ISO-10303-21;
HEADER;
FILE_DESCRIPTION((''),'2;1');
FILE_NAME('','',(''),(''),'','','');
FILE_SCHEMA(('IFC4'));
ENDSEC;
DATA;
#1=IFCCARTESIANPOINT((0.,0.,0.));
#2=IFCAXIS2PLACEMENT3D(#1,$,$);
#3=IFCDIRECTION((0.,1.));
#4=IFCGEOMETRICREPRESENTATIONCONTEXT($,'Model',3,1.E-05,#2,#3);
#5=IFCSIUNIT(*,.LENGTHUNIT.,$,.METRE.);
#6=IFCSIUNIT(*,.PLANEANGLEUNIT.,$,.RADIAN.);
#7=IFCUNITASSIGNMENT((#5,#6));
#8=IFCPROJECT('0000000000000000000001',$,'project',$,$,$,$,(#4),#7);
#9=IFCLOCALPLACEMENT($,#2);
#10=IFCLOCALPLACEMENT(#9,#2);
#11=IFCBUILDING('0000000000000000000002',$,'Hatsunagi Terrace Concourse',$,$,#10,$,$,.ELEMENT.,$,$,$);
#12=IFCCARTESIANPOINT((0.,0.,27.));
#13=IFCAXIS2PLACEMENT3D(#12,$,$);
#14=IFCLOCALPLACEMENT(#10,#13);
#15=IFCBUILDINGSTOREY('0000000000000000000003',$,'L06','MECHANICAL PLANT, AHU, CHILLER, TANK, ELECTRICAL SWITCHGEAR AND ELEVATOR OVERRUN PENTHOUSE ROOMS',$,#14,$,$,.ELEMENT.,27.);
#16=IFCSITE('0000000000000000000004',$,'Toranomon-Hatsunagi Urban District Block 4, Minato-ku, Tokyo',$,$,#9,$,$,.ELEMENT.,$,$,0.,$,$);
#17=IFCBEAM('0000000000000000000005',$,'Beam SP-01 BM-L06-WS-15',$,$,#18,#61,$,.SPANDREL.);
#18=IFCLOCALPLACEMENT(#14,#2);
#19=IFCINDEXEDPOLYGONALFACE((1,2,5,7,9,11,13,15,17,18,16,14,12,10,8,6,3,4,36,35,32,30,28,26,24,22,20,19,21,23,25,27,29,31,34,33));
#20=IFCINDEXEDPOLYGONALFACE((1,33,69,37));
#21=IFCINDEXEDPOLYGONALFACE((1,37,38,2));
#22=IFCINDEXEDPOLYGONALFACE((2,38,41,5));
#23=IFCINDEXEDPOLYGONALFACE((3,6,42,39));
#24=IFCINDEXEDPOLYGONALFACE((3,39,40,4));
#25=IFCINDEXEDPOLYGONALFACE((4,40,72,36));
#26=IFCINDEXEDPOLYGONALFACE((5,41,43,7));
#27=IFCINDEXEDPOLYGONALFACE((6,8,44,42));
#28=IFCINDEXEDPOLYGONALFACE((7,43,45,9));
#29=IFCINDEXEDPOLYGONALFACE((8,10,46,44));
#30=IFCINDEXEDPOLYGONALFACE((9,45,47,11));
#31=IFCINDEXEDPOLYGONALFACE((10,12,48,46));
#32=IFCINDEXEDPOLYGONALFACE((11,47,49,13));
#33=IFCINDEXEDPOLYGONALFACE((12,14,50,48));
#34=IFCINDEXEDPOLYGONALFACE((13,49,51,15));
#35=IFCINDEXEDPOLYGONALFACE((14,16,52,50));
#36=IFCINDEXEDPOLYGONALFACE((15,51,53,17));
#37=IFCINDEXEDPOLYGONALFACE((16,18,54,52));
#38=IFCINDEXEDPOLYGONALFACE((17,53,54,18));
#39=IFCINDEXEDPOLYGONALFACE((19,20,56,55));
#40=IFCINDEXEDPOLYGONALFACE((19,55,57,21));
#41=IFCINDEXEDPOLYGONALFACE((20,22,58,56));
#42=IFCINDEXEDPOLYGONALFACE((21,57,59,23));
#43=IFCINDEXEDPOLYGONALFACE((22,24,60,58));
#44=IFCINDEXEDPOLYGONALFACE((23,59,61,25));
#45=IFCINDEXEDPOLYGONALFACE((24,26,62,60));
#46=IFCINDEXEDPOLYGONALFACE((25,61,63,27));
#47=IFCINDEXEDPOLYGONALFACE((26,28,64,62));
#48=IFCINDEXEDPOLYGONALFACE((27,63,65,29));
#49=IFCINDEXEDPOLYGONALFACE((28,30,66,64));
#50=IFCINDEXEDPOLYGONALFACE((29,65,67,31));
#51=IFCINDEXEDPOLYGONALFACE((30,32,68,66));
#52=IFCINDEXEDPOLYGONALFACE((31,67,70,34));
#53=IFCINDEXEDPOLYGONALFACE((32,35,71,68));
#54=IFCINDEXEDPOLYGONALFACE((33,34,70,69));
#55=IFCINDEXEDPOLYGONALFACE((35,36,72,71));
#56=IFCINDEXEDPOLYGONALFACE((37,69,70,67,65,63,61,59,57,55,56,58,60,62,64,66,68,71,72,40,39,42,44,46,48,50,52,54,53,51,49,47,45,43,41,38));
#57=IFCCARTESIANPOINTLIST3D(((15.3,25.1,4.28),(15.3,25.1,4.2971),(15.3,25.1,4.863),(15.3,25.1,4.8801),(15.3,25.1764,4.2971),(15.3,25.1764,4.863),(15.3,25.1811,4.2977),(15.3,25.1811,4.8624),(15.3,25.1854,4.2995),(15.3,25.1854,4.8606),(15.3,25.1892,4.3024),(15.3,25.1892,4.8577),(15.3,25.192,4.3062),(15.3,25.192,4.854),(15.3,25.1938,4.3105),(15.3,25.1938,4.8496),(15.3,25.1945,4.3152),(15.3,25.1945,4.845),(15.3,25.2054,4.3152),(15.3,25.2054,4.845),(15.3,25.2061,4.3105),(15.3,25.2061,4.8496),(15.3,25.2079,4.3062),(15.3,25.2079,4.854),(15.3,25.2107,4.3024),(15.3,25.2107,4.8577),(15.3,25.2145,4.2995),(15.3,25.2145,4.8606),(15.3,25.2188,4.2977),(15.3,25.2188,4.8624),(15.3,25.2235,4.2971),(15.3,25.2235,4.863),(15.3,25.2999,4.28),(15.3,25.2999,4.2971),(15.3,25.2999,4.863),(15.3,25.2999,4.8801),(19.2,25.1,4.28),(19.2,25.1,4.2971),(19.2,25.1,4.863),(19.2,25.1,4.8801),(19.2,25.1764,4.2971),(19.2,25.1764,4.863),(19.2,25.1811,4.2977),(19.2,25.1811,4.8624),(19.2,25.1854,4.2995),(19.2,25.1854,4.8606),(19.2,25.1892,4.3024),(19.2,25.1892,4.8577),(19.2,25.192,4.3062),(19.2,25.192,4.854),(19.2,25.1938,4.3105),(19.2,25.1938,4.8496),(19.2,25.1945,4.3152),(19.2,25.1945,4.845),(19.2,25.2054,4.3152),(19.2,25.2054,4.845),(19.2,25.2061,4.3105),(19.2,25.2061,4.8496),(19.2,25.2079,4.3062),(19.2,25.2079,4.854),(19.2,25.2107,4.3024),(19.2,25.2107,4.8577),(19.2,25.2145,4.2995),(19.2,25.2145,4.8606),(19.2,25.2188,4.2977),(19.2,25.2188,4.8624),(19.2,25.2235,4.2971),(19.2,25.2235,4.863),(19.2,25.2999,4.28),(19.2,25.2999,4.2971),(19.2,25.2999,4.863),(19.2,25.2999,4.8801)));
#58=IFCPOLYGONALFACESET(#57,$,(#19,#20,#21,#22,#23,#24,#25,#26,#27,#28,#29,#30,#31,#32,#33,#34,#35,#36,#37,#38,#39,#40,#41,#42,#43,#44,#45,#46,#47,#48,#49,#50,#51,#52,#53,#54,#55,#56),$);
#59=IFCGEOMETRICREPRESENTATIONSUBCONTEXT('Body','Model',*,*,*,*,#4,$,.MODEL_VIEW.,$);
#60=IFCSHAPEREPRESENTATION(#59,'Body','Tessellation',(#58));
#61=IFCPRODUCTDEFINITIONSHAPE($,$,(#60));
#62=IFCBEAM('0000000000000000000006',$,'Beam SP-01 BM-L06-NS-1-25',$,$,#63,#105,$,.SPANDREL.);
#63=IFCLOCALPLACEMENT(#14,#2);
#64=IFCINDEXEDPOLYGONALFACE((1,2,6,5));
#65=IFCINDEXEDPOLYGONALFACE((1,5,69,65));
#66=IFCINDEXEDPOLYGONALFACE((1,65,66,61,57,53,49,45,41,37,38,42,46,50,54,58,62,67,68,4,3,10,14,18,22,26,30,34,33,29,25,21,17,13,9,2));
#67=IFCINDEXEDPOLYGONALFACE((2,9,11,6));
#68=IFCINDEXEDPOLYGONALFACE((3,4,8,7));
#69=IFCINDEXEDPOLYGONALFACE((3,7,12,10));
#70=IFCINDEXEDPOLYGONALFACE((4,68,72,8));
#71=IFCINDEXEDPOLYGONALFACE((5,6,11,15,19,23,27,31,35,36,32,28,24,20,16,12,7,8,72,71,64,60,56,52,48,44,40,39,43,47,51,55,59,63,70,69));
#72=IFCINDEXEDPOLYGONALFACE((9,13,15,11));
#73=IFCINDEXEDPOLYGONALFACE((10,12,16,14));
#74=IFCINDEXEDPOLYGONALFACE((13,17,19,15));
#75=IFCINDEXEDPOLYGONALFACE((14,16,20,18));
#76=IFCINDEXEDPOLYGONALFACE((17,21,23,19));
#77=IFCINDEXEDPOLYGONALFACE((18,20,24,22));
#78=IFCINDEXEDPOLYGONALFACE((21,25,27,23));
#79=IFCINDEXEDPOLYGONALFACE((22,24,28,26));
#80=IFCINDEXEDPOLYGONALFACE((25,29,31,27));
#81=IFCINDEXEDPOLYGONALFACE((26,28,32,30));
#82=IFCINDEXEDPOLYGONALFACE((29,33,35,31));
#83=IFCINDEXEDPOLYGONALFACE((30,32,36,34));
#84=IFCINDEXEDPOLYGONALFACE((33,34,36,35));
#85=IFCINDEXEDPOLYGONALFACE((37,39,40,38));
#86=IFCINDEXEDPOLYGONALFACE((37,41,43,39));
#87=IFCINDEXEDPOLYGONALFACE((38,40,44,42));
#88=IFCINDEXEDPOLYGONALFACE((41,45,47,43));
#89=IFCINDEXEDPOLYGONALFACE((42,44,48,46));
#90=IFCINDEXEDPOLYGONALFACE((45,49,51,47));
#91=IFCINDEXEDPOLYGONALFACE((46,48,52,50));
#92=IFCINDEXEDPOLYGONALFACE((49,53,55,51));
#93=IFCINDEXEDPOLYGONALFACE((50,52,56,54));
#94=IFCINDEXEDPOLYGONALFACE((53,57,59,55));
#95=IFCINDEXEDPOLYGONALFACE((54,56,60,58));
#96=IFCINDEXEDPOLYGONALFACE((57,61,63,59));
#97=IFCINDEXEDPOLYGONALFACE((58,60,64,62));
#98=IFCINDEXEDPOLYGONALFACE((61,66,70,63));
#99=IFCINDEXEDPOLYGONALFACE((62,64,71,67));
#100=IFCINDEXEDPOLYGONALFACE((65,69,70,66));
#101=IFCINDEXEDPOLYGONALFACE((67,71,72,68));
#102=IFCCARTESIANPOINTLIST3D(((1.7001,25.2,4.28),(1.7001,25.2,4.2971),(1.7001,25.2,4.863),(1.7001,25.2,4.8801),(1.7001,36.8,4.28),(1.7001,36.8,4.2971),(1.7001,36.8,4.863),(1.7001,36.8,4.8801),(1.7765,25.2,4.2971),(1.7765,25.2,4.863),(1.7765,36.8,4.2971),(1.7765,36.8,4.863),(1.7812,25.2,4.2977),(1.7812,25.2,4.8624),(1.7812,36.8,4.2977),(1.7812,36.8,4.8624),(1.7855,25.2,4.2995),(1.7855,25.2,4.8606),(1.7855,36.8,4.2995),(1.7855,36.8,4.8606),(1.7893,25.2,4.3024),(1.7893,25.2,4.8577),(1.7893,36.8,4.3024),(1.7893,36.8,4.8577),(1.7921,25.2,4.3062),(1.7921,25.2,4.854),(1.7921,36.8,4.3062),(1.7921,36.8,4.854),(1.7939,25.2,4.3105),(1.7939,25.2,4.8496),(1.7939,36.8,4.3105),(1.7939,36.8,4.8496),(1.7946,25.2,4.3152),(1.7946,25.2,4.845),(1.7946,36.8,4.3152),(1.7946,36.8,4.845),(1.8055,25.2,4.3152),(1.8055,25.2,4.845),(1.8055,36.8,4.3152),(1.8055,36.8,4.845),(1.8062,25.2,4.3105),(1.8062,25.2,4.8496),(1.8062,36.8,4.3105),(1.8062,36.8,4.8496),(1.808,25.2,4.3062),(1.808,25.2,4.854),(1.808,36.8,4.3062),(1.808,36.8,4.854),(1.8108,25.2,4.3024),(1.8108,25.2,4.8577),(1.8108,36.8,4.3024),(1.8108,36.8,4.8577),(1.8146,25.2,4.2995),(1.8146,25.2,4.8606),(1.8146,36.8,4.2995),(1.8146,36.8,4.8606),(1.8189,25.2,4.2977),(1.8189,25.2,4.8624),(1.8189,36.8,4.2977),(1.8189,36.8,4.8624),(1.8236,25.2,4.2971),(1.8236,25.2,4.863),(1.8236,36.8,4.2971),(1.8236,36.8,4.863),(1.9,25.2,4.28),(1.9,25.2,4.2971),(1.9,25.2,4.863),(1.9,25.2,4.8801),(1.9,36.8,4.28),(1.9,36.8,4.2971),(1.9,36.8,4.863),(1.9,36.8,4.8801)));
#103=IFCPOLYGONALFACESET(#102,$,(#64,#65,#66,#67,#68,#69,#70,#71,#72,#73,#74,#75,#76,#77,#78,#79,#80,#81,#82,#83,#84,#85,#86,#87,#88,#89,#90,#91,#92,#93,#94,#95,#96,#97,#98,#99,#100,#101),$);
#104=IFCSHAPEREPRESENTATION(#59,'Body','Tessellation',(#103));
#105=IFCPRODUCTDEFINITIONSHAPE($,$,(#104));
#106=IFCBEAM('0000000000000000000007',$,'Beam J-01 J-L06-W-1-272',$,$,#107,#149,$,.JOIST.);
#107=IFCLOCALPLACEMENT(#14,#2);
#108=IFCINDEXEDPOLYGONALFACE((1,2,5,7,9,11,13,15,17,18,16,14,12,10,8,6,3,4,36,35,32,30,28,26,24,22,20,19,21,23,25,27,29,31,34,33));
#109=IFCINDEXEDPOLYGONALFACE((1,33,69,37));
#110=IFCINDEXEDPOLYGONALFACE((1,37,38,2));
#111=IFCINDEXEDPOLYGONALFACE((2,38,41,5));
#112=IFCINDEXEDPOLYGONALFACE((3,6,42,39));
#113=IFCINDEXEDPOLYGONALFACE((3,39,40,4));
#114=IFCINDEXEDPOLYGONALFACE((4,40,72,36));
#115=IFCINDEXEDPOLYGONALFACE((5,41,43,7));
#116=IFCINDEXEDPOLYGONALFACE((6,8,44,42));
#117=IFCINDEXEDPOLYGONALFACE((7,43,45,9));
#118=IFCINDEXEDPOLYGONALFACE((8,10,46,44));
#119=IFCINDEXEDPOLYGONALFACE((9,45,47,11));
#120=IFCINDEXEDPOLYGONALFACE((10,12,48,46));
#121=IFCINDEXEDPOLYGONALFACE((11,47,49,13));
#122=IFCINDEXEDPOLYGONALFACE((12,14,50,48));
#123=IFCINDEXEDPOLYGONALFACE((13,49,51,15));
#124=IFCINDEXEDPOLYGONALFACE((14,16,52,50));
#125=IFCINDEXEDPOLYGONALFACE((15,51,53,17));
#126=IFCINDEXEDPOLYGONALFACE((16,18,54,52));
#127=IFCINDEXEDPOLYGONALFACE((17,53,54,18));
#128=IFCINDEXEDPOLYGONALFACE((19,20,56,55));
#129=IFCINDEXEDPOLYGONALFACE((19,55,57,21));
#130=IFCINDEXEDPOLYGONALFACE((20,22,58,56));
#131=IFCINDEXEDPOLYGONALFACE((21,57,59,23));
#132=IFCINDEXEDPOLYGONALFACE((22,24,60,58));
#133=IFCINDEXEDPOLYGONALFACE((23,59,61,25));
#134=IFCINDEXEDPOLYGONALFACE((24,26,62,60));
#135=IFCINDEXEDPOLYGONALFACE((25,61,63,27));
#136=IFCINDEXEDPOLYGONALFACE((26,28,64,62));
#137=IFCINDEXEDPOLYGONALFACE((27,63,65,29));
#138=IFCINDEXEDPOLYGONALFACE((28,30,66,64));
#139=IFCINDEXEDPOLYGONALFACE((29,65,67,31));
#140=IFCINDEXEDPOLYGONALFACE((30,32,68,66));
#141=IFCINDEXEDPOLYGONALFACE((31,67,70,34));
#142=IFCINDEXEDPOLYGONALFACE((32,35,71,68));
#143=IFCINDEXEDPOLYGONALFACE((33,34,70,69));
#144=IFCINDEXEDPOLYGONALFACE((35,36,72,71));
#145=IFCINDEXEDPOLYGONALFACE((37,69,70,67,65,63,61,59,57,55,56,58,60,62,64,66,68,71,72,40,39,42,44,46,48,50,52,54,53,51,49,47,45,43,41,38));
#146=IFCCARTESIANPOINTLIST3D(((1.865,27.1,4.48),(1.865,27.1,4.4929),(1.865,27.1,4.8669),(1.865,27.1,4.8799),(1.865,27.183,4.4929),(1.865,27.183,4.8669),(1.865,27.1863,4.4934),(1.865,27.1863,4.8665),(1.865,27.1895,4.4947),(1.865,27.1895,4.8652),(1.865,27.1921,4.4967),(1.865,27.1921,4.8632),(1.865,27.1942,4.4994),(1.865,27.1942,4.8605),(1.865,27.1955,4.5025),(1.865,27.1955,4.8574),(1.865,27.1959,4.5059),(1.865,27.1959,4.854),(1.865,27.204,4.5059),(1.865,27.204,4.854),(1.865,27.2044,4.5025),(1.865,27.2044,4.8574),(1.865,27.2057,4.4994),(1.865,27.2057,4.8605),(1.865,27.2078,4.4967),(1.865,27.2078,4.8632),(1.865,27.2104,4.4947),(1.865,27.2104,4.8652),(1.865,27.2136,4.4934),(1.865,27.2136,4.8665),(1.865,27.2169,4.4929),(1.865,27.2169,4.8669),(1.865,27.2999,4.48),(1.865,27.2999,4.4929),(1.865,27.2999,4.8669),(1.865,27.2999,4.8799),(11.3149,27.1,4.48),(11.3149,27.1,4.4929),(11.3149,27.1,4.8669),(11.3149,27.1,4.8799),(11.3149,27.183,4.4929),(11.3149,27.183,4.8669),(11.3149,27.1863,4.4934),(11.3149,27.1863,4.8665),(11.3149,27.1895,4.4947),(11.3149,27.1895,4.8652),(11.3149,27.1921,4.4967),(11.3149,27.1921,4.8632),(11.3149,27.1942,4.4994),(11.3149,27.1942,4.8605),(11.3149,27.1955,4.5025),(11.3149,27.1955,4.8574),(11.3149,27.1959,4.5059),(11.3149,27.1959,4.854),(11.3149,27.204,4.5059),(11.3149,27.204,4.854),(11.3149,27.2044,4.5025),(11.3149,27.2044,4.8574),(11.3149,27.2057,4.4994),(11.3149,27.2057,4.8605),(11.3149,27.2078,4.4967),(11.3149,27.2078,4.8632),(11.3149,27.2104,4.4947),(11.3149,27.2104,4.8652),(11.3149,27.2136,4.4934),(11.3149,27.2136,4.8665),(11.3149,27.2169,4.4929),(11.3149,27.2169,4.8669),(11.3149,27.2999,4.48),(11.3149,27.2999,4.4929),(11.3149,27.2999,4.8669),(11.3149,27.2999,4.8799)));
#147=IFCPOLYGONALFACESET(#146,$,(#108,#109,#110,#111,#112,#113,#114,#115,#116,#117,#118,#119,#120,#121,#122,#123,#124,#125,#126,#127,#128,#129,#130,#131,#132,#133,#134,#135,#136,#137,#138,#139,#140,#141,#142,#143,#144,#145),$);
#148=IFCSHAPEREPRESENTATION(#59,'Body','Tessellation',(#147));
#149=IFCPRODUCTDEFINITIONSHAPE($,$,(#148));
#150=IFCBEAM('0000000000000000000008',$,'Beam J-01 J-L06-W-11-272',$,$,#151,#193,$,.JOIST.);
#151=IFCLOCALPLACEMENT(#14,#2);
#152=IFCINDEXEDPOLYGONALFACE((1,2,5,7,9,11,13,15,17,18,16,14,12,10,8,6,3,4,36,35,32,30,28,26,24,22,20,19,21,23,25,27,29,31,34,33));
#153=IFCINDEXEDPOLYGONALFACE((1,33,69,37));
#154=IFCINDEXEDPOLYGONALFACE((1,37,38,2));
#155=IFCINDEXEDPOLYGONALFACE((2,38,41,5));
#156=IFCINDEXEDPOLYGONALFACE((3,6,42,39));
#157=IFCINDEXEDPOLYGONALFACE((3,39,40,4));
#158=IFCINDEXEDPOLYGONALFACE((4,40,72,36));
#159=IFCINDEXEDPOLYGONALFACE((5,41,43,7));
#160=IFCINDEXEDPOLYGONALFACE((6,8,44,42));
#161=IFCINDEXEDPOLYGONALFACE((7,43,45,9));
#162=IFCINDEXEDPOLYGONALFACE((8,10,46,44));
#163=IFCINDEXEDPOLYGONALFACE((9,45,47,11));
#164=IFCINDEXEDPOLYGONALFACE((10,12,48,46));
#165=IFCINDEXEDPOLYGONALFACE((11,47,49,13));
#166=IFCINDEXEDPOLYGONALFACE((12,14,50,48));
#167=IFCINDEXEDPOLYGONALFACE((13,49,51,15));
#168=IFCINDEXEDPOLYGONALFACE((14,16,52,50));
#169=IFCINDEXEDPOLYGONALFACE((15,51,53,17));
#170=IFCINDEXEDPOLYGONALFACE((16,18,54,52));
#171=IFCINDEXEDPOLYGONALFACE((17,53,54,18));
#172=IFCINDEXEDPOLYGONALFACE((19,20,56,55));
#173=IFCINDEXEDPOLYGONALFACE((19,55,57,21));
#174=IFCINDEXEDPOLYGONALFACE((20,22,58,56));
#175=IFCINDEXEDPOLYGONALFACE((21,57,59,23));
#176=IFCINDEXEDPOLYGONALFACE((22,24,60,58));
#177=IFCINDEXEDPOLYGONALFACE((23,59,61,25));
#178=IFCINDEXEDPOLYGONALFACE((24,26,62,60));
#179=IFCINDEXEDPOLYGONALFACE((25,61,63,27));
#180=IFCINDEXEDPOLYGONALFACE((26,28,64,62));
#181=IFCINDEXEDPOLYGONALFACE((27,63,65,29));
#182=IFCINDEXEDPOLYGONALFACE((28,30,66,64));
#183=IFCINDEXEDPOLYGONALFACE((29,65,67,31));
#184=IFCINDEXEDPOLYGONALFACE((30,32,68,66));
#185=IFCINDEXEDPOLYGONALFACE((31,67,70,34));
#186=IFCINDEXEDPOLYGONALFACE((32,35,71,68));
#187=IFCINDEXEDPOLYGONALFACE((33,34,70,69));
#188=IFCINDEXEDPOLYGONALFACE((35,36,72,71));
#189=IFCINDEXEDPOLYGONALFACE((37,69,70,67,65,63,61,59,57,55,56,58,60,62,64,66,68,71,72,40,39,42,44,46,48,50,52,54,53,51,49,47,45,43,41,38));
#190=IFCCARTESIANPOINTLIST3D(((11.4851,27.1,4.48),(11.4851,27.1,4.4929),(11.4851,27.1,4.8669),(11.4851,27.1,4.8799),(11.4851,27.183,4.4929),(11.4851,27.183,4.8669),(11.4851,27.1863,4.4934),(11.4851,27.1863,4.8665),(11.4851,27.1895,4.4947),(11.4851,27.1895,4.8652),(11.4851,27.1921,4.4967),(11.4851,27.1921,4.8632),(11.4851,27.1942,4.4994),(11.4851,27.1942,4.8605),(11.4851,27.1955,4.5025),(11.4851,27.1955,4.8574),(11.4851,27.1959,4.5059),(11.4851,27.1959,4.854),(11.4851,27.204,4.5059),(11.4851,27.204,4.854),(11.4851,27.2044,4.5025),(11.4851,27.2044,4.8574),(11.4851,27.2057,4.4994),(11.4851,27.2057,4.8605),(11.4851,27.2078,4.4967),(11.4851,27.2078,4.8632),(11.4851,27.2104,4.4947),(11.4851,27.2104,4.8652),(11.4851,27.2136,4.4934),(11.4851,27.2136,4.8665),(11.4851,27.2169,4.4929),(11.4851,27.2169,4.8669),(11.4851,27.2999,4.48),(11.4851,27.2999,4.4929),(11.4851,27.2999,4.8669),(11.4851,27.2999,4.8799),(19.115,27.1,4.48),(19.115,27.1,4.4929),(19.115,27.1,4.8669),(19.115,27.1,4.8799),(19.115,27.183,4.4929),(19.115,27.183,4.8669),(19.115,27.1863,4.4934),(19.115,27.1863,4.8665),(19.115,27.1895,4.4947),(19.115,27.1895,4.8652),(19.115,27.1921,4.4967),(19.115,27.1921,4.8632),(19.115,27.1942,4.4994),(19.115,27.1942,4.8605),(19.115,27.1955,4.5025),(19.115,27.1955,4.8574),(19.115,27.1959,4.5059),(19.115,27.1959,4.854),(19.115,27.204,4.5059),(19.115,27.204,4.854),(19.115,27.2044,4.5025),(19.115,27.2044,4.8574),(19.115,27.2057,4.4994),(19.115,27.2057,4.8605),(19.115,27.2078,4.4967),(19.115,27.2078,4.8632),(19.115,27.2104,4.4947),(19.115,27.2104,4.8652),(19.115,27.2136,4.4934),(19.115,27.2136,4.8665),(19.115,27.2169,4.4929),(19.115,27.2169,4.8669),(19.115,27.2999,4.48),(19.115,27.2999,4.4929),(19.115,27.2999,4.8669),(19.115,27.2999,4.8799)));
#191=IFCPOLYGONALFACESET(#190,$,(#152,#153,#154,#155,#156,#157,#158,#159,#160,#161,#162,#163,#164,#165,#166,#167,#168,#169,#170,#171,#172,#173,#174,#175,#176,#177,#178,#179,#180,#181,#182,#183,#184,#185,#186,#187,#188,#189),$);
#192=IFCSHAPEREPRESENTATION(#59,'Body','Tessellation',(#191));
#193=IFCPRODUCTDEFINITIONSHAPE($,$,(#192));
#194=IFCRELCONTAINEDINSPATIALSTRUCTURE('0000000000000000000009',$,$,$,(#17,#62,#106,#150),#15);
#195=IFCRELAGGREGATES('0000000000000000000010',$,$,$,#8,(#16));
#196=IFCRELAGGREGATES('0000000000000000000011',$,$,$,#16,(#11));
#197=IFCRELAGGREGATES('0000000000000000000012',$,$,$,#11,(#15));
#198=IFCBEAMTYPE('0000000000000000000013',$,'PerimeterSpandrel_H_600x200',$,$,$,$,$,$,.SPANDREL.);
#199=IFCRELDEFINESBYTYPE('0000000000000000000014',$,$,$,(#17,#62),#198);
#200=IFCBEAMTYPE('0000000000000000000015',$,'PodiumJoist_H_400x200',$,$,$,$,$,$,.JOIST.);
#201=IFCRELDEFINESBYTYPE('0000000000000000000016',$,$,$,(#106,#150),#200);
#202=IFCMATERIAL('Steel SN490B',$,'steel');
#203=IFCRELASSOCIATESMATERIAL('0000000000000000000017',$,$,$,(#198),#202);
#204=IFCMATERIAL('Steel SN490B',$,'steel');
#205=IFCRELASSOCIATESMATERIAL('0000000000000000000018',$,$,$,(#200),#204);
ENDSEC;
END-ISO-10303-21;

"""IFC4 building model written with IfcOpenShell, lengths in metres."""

from ifc_helpers import new_model, si_unit, direction, frame, origin, origin_2d, place, context, subcontext, project, spatial, i_section, extrude, material, material_profile, profile_set, type_object, element, save


model = new_model("IFC4")

# Units and contexts
model_context = context("Model", 3, precision=1e-05, world=origin(), true_north=direction((0.0, 1.0)))
body_context = subcontext(model_context, "Body", "Model", "MODEL_VIEW")
ifc_project = project(units=[si_unit("LENGTHUNIT", "METRE"), si_unit("PLANEANGLEUNIT", "RADIAN")], contexts=[model_context])

# Site, building, storey
site_placement = place(None, origin())
site = spatial("IfcSite", under=ifc_project, at=site_placement, Name="Toranomon-Hatsunagi Urban District Block 4, Minato-ku, Tokyo", CompositionType="ELEMENT", RefElevation=0.0)
building_placement = place(site_placement, origin())
building = spatial("IfcBuilding", under=site, at=building_placement, Name="Hatsunagi Terrace Concourse", CompositionType="ELEMENT")
storey_placement = place(building_placement, frame((0.0, 0.0, 27.0)))
storey = spatial("IfcBuildingStorey", under=building, at=storey_placement, Name="L06", Description="MECHANICAL PLANT, AHU, CHILLER, TANK, ELECTRICAL SWITCHGEAR AND ELEVATOR OVERRUN PENTHOUSE ROOMS", CompositionType="ELEMENT", Elevation=27.0)

# Beams
ifc_material_1 = material(Name="Steel SN490B", Category="steel")
ifc_material_profile_1 = material_profile(ifc_material_1, i_section(OverallWidth=0.2, OverallDepth=0.6001, WebThickness=0.011, FlangeThickness=0.0171, FilletRadius=0.0181, at=origin_2d()), Name="H-600x200x11x17")
ifc_profile_set_1 = profile_set([ifc_material_profile_1], Name="Steel SN490B")
beam_type_1 = type_object("IfcBeamType", Name="PerimeterSpandrel_H_600x200", PredefinedType="SPANDREL", material=ifc_profile_set_1)
beam_1_placement = place(storey_placement, frame((15.3, 25.2, 4.5801), z_axis=(1.0, 0.0, 0.0), x_axis=(0.0, 1.0, 0.0)))
element("IfcBeam", 1, at=beam_1_placement, inside=storey, type_object=beam_type_1, Name="Beam SP-01 BM-L06-WS-15", PredefinedType="SPANDREL", context=body_context, shape_type="SweptSolid", body=[
    extrude(i_section(OverallWidth=0.2, OverallDepth=0.6001, WebThickness=0.011, FlangeThickness=0.0171, FilletRadius=0.0181, at=origin_2d()), origin(), (0.0, 0.0, 1.0), 3.8999),
])
beam_2_placement = place(storey_placement, frame((1.8, 25.2, 4.5801), z_axis=(0.0, 1.0, 0.0), x_axis=(-1.0, 0.0, 0.0)))
element("IfcBeam", 2, at=beam_2_placement, inside=storey, type_object=beam_type_1, Name="Beam SP-01 BM-L06-NS-1-25", PredefinedType="SPANDREL", context=body_context, shape_type="SweptSolid", body=[
    extrude(i_section(OverallWidth=0.2, OverallDepth=0.6001, WebThickness=0.011, FlangeThickness=0.0171, FilletRadius=0.0181, at=origin_2d()), origin(), (0.0, 0.0, 1.0), 11.6001),
])
ifc_material_2 = material(Name="Steel SN490B", Category="steel")
ifc_material_profile_2 = material_profile(ifc_material_2, i_section(OverallWidth=0.2, OverallDepth=0.3999, WebThickness=0.0081, FlangeThickness=0.0129, FilletRadius=0.0129, at=origin_2d()), Name="H-400x200x8x13")
ifc_profile_set_2 = profile_set([ifc_material_profile_2], Name="Steel SN490B")
beam_type_2 = type_object("IfcBeamType", Name="PodiumJoist_H_400x200", PredefinedType="JOIST", material=ifc_profile_set_2)
beam_3_placement = place(storey_placement, frame((1.865, 27.2, 4.6799), z_axis=(1.0, 0.0, 0.0), x_axis=(0.0, 1.0, 0.0)))
element("IfcBeam", 3, at=beam_3_placement, inside=storey, type_object=beam_type_2, Name="Beam J-01 J-L06-W-1-272", PredefinedType="JOIST", context=body_context, shape_type="SweptSolid", body=[
    extrude(i_section(OverallWidth=0.2, OverallDepth=0.3999, WebThickness=0.0081, FlangeThickness=0.0129, FilletRadius=0.0129, at=origin_2d()), origin(), (0.0, 0.0, 1.0), 9.45),
])
beam_4_placement = place(storey_placement, frame((11.4851, 27.2, 4.6799), z_axis=(1.0, 0.0, 0.0), x_axis=(0.0, 1.0, 0.0)))
element("IfcBeam", 4, at=beam_4_placement, inside=storey, type_object=beam_type_2, Name="Beam J-01 J-L06-W-11-272", PredefinedType="JOIST", context=body_context, shape_type="SweptSolid", body=[
    extrude(i_section(OverallWidth=0.2, OverallDepth=0.3999, WebThickness=0.0081, FlangeThickness=0.0129, FilletRadius=0.0129, at=origin_2d()), origin(), (0.0, 0.0, 1.0), 7.6299),
])

save(model, "model.ifc")
